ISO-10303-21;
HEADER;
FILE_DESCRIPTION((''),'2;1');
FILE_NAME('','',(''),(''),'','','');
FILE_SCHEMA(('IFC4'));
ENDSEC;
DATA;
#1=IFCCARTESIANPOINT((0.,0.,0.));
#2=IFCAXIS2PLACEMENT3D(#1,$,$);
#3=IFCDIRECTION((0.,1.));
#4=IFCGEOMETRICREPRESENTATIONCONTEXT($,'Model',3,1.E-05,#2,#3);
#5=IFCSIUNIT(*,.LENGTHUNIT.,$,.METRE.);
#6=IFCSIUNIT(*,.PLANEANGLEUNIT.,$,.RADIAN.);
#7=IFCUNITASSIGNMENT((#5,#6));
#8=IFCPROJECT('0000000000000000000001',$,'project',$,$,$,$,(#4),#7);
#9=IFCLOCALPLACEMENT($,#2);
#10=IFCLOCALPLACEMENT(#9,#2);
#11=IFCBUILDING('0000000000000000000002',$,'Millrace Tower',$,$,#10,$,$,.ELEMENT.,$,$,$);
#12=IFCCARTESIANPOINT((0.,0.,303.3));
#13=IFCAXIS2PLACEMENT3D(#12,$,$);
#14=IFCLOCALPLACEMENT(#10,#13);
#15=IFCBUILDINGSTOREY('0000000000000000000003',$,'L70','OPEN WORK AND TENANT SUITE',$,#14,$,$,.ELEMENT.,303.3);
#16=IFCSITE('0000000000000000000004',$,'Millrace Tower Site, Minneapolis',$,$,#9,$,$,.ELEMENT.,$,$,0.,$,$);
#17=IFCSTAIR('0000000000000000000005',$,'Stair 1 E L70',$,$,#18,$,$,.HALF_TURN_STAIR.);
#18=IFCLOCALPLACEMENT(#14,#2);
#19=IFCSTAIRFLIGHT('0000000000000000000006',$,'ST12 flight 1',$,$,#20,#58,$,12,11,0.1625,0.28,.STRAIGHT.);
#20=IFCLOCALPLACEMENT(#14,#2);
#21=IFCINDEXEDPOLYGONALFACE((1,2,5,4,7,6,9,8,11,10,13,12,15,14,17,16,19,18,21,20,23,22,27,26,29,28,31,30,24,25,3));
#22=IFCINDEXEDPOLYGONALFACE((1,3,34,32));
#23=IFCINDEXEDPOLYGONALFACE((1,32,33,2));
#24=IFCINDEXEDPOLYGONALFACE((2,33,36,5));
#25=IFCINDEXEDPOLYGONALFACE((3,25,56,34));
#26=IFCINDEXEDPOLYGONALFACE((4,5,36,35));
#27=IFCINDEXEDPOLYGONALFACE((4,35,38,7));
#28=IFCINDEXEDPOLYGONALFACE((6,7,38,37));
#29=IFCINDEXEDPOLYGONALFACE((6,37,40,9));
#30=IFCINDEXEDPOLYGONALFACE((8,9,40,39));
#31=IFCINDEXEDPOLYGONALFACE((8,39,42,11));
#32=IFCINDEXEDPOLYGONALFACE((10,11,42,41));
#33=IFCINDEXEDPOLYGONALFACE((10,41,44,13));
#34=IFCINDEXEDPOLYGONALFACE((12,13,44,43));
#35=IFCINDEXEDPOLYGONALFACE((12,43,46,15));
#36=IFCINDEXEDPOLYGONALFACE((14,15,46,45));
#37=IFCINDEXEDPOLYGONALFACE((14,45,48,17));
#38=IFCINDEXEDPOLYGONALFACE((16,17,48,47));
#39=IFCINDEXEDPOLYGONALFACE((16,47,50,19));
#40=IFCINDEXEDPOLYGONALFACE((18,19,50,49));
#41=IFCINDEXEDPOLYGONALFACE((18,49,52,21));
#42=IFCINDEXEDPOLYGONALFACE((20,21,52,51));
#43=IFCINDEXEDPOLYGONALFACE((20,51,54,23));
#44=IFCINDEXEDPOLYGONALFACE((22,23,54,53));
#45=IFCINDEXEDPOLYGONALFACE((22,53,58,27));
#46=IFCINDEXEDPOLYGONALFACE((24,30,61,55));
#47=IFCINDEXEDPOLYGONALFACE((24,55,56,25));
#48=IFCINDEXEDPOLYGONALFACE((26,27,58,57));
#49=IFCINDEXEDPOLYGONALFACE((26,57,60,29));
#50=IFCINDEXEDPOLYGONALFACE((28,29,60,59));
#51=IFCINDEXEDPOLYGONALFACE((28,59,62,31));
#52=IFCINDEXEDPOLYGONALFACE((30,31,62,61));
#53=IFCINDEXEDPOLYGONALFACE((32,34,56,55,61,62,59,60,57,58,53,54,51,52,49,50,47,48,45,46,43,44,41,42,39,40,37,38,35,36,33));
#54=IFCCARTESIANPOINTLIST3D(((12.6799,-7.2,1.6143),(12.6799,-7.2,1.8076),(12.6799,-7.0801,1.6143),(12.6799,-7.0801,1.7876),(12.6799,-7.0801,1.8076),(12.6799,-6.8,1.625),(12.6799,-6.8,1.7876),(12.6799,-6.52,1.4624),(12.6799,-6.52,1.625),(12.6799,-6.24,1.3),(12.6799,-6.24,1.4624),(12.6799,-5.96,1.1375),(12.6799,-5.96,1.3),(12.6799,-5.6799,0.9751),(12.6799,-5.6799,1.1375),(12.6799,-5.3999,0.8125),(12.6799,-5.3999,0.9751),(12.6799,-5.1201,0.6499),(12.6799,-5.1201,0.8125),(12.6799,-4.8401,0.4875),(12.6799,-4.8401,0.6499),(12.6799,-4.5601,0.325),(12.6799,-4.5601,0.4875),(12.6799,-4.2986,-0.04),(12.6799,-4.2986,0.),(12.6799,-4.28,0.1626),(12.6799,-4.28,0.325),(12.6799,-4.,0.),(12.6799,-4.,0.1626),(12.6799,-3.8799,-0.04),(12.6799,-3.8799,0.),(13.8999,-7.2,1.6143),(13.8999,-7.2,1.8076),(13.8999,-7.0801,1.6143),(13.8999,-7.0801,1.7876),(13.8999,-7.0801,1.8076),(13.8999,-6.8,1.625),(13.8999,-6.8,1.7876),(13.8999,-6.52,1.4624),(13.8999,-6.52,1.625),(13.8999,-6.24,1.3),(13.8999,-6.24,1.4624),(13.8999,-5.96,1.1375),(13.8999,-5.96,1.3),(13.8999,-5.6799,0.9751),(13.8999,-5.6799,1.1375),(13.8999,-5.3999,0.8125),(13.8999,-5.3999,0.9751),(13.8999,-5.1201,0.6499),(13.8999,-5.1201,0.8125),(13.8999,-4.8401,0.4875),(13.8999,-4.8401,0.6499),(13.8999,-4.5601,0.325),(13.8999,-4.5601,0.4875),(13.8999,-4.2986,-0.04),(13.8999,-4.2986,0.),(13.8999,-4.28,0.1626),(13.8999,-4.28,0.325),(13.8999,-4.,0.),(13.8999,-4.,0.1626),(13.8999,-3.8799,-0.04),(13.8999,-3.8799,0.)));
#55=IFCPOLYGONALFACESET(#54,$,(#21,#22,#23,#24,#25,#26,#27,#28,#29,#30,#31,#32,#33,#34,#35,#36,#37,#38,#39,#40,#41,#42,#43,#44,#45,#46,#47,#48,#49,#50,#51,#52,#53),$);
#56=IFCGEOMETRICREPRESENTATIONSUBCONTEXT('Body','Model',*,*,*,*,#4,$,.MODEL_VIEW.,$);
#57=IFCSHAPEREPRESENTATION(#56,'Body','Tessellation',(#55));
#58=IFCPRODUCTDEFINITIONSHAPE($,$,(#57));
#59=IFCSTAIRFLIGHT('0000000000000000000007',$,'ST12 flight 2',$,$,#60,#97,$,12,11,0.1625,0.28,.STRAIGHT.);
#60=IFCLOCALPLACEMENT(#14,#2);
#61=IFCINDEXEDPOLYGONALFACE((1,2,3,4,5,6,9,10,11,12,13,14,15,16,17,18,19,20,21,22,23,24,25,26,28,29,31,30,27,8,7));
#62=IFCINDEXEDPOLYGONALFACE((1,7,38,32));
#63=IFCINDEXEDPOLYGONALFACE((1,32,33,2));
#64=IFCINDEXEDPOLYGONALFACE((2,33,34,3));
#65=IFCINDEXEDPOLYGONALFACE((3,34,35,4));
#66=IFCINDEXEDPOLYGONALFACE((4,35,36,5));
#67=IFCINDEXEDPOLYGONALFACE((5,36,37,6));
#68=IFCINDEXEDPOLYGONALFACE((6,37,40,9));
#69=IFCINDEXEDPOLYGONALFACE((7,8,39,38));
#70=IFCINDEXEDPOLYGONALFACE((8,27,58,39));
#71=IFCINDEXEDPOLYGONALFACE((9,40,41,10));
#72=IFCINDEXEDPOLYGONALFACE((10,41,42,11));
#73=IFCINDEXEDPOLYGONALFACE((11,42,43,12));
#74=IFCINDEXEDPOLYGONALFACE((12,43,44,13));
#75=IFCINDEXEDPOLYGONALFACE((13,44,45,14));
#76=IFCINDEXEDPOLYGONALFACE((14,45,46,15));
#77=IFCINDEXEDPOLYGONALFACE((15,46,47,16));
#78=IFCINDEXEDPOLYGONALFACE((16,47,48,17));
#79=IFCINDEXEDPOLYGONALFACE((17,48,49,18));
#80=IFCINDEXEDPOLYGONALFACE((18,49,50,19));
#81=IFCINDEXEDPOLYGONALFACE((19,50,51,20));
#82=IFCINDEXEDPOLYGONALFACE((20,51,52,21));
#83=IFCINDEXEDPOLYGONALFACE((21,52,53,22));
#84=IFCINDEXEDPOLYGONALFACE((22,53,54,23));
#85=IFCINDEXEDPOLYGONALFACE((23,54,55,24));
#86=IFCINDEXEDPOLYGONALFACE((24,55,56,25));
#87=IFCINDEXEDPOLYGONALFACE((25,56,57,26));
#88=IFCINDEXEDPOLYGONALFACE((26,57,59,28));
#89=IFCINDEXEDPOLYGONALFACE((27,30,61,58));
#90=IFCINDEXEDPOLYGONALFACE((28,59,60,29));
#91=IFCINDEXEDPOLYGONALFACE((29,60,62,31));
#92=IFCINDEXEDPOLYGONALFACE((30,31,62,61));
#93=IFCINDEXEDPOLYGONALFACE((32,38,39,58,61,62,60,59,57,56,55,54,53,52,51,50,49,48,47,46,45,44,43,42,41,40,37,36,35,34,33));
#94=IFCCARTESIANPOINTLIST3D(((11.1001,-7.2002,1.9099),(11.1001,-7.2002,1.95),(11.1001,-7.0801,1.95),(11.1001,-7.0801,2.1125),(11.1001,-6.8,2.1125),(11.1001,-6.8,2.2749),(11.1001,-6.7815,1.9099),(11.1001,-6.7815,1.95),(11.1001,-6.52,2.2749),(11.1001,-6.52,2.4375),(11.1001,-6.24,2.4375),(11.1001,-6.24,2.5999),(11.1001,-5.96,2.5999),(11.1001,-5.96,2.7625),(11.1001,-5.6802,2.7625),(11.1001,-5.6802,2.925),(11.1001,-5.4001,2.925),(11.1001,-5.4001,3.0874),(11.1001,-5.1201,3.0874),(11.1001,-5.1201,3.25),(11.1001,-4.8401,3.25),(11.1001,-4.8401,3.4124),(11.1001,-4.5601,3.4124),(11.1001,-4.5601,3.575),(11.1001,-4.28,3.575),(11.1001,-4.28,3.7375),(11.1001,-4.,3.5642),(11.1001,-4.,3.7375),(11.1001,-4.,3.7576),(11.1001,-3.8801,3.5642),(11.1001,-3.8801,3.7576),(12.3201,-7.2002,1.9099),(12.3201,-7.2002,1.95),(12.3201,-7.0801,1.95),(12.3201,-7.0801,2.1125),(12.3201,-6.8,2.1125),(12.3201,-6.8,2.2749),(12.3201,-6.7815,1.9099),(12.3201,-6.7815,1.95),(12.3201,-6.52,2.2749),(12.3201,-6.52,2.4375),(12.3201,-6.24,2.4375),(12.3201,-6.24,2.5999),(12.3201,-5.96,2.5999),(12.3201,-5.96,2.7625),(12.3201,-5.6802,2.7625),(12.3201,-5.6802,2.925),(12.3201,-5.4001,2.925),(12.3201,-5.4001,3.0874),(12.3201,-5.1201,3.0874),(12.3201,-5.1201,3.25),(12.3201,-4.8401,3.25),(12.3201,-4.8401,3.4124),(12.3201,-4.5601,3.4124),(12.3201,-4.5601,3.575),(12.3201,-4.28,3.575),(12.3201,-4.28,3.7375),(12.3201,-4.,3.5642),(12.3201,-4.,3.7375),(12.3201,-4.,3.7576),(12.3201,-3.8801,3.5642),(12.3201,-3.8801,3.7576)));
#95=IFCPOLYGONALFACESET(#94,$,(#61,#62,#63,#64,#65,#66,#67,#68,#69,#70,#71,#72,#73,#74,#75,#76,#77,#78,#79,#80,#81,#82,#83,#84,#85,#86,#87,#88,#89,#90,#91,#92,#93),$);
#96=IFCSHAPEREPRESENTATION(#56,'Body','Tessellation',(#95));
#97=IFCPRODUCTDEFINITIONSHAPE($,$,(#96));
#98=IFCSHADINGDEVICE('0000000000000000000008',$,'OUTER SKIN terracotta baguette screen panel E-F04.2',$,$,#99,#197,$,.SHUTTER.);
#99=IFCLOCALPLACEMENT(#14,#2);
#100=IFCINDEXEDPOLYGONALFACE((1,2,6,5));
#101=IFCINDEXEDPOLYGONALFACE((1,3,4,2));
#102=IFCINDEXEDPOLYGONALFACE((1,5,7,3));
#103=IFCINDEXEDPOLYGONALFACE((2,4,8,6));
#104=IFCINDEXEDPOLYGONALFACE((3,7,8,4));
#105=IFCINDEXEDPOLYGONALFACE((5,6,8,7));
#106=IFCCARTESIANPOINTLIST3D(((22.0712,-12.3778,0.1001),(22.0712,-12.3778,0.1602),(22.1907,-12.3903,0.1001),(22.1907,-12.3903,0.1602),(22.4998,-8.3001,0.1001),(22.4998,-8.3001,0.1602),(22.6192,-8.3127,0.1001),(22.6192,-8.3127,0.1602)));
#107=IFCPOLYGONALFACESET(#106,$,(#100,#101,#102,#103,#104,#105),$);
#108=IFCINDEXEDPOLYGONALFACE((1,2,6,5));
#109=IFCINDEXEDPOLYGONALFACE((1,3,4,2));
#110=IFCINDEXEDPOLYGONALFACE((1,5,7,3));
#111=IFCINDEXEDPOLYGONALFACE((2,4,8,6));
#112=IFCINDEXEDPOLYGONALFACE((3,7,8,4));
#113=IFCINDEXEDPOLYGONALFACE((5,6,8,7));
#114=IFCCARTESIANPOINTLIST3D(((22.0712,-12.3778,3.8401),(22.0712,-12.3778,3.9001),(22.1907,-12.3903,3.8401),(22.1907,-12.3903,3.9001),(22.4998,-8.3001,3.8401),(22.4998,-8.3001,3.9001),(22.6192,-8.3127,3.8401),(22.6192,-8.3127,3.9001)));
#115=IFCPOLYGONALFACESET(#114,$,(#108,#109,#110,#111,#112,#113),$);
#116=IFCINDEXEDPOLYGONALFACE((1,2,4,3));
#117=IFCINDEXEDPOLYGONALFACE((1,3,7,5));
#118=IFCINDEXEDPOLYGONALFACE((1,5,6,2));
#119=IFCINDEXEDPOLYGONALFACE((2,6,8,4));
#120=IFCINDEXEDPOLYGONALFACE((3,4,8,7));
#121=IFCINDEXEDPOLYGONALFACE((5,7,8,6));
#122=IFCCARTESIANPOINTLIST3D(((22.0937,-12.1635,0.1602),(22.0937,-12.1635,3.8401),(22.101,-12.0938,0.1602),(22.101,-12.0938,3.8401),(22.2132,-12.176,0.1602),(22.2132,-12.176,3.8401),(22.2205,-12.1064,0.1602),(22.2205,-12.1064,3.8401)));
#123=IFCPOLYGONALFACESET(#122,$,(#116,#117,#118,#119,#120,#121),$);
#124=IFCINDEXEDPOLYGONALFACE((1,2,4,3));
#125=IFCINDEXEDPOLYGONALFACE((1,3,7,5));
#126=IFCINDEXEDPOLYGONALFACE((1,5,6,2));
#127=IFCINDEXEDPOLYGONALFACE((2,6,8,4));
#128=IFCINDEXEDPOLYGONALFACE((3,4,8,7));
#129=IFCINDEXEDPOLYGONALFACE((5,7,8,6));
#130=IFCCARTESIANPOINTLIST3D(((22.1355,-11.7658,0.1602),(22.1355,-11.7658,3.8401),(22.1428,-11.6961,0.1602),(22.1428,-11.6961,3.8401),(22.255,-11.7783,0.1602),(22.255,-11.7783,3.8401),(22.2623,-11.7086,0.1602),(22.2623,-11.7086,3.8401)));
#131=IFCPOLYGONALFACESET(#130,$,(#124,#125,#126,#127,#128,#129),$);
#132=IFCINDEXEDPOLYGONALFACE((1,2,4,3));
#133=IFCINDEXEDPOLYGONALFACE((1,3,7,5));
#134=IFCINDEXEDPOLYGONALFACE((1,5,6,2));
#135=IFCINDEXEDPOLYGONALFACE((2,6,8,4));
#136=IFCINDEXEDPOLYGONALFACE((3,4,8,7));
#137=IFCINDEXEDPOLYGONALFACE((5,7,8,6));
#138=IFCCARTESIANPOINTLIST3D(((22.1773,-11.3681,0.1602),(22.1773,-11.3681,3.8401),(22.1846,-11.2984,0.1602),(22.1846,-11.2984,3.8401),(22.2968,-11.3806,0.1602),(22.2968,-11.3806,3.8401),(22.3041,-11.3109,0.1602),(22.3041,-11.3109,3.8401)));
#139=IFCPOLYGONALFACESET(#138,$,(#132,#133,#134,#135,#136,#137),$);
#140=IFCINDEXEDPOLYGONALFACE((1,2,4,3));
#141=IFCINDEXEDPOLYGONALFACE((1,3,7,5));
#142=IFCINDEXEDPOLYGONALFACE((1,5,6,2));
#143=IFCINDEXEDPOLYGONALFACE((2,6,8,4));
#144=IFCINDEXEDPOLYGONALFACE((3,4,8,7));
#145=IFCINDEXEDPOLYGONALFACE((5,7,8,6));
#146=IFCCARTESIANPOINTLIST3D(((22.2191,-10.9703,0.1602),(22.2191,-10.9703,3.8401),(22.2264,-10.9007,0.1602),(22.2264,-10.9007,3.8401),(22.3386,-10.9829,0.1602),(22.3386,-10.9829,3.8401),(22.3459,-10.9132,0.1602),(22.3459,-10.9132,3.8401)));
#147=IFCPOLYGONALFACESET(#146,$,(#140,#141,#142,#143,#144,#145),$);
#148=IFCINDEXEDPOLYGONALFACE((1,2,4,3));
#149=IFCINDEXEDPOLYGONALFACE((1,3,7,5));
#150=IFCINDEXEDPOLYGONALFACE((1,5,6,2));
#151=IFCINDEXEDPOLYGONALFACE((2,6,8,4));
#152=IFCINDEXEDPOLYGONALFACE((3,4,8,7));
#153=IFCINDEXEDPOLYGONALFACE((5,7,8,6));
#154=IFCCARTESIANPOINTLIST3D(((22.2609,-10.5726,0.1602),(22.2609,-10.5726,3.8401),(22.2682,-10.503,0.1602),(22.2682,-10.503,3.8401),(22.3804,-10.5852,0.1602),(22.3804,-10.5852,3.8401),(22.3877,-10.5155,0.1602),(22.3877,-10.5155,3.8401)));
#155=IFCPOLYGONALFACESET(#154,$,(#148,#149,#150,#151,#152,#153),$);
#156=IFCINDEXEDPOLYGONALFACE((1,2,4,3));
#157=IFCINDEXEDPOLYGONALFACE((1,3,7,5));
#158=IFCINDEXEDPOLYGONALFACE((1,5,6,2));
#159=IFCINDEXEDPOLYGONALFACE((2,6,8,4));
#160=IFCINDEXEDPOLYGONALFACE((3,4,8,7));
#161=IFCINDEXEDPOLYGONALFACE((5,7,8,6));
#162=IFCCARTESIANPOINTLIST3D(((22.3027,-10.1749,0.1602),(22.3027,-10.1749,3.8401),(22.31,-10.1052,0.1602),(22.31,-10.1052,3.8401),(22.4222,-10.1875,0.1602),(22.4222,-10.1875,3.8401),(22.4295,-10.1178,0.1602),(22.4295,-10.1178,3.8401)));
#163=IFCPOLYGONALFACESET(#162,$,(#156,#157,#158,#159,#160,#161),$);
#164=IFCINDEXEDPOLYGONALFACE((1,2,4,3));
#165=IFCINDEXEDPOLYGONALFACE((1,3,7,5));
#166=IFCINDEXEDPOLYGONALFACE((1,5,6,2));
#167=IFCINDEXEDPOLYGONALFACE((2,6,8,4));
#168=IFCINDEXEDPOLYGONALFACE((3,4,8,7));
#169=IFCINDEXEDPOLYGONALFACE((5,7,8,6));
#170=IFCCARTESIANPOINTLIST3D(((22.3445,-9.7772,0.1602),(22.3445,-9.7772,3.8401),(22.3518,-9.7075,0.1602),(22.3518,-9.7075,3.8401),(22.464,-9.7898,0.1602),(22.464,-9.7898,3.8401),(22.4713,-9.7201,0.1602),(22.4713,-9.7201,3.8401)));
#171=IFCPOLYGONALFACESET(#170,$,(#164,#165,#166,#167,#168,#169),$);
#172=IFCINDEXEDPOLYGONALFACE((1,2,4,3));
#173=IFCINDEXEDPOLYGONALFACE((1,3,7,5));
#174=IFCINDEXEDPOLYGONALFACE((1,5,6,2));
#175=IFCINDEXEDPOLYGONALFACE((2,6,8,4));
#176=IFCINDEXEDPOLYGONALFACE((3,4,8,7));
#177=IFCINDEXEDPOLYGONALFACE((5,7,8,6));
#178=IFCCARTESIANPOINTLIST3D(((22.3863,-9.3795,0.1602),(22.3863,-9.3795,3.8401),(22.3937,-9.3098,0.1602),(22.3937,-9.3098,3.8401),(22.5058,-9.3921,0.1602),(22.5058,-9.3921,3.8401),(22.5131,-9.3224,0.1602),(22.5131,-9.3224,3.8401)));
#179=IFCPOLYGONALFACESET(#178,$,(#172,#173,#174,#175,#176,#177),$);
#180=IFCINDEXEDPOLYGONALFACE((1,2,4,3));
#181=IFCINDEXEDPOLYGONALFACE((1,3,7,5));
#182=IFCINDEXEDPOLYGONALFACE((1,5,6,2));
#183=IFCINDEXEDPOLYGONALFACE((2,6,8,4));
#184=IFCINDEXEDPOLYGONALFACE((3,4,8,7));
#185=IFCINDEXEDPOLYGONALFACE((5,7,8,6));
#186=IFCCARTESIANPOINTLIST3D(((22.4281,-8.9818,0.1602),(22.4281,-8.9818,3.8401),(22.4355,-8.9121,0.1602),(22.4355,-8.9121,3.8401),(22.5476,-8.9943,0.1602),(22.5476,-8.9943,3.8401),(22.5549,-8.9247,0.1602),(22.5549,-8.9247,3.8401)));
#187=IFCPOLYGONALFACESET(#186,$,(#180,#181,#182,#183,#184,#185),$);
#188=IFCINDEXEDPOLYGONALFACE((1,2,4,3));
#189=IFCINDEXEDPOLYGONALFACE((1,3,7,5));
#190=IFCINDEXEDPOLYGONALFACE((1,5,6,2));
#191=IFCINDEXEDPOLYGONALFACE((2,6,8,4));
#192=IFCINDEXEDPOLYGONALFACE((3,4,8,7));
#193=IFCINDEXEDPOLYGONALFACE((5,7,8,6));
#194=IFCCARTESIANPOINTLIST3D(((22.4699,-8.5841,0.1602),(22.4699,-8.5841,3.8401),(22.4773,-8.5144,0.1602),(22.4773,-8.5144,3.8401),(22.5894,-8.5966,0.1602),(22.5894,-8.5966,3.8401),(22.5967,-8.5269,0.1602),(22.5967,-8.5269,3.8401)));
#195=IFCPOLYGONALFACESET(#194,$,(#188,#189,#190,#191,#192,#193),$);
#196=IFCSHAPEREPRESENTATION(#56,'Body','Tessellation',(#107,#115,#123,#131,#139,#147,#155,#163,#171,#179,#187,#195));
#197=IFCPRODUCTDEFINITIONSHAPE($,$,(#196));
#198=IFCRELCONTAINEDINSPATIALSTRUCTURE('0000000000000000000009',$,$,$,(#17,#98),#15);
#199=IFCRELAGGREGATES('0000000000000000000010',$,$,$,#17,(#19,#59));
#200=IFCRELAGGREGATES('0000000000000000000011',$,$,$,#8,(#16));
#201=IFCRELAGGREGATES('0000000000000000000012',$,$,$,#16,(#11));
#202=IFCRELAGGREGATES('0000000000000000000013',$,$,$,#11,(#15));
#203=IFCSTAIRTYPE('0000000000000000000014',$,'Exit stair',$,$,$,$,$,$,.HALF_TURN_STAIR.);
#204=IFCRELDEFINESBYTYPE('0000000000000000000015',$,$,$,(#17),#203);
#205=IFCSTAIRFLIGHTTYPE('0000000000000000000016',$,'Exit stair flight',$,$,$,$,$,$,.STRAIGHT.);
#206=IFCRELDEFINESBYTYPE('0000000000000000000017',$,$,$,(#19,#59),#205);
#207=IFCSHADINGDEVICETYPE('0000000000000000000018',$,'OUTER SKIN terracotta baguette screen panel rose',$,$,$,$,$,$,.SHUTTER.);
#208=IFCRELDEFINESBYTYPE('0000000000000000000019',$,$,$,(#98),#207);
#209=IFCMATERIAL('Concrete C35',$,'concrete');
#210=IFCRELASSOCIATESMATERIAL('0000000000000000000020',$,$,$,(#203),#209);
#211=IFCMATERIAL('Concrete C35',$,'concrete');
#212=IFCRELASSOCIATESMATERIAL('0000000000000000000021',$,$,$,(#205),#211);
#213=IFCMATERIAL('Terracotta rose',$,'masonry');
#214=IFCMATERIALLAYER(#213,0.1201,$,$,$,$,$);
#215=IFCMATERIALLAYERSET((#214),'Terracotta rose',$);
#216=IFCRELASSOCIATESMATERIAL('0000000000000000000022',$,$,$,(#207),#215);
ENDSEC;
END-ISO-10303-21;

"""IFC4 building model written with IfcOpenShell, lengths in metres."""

from ifc_helpers import new_model, entity, si_unit, direction, frame, frame_2d, origin, place, context, subcontext, project, spatial, polyline, rectangle, outline, extrude, source, transform, mapped, material, layer, layer_set, type_object, element, aggregate, save


model = new_model("IFC4")

# Units and contexts
model_context = context("Model", 3, precision=1e-05, world=origin(), true_north=direction((0.0, 1.0)))
body_context = subcontext(model_context, "Body", "Model", "MODEL_VIEW")
ifc_project = project(units=[si_unit("LENGTHUNIT", "METRE"), si_unit("PLANEANGLEUNIT", "RADIAN")], contexts=[model_context])

# Site, building, storey
site_placement = place(None, origin())
site = spatial("IfcSite", under=ifc_project, at=site_placement, Name="Millrace Tower Site, Minneapolis", CompositionType="ELEMENT", RefElevation=0.0)
building_placement = place(site_placement, origin())
building = spatial("IfcBuilding", under=site, at=building_placement, Name="Millrace Tower", CompositionType="ELEMENT")
storey_placement = place(building_placement, frame((0.0, 0.0, 303.3)))
storey = spatial("IfcBuildingStorey", under=building, at=storey_placement, Name="L70", Description="OPEN WORK AND TENANT SUITE", CompositionType="ELEMENT", Elevation=303.3)

# Shared definitions
placement = place(storey_placement, origin())

# Stair, stair flights
ifc_material_1 = material(Name="Concrete C35", Category="concrete")
stair_type = type_object("IfcStairType", Name="Exit stair", PredefinedType="HALF_TURN_STAIR", material=ifc_material_1)
stair = element("IfcStair", 1, at=placement, inside=storey, type_object=stair_type, Name="Stair 1 E L70", PredefinedType="HALF_TURN_STAIR")
ifc_material_2 = material(Name="Concrete C35", Category="concrete")
stair_flight_type = type_object("IfcStairFlightType", Name="Exit stair flight", PredefinedType="STRAIGHT", material=ifc_material_2)
stair_flight_1_placement = place(storey_placement, frame((13.29, -4.0, 0.0), z_axis=(0.0, 0.0, 1.0), x_axis=(0.0, -1.0, 0.0)))
stair_flight_1 = element("IfcStairFlight", 2, at=stair_flight_1_placement, type_object=stair_flight_type, Name="ST12 flight 1", NumberOfRisers=12, NumberOfTreads=11, PredefinedType="STRAIGHT", RiserHeight=0.1625, TreadLength=0.28, context=body_context, shape_type="SweptSolid", body=[
    extrude(outline(polyline([(-0.1201, -0.04), (-0.1201, 0.0), (0.0, 0.0), (0.0, 0.1626), (0.28, 0.1626), (0.28, 0.325), (0.5601, 0.325), (0.5601, 0.4875), (0.8401, 0.4875), (0.8401, 0.6499), (1.1201, 0.6499), (1.1201, 0.8125), (1.3999, 0.8125), (1.3999, 0.9751), (1.6799, 0.9751), (1.6799, 1.1375), (1.96, 1.1375), (1.96, 1.3), (2.24, 1.3), (2.24, 1.4624), (2.52, 1.4624), (2.52, 1.625), (2.8, 1.625), (2.8, 1.7876), (3.0801, 1.7876), (3.0801, 1.8076), (3.2, 1.8076), (3.2, 1.6143), (3.0801, 1.6143), (0.2986, 0.0), (0.2986, -0.04), (-0.1201, -0.04)])), frame((0.0, 0.6099, 0.0), z_axis=(0.0, -1.0, 0.0), x_axis=(1.0, 0.0, 0.0)), (0.0, 0.0, 1.0), 1.22),
])
stair_flight_2_placement = place(storey_placement, frame((11.71, -7.0801, 1.95), z_axis=(0.0, 0.0, 1.0), x_axis=(0.0, 1.0, 0.0)))
stair_flight_2 = element("IfcStairFlight", 3, at=stair_flight_2_placement, type_object=stair_flight_type, Name="ST12 flight 2", NumberOfRisers=12, NumberOfTreads=11, PredefinedType="STRAIGHT", RiserHeight=0.1625, TreadLength=0.28, context=body_context, shape_type="SweptSolid", body=[
    extrude(outline(polyline([(-0.1201, -0.04), (-0.1201, 0.0), (0.0, 0.0), (0.0, 0.1626), (0.28, 0.1626), (0.28, 0.325), (0.5601, 0.325), (0.5601, 0.4875), (0.8401, 0.4875), (0.8401, 0.6499), (1.1201, 0.6499), (1.1201, 0.8125), (1.3999, 0.8125), (1.3999, 0.9751), (1.6799, 0.9751), (1.6799, 1.1375), (1.96, 1.1375), (1.96, 1.3), (2.24, 1.3), (2.24, 1.4624), (2.52, 1.4624), (2.52, 1.625), (2.8, 1.625), (2.8, 1.7876), (3.0801, 1.7876), (3.0801, 1.8076), (3.2, 1.8076), (3.2, 1.6143), (3.0801, 1.6143), (0.2986, 0.0), (0.2986, -0.04), (-0.1201, -0.04)])), frame((0.0, 0.6099, 0.0), z_axis=(0.0, -1.0, 0.0), x_axis=(1.0, 0.0, 0.0)), (0.0, 0.0, 1.0), 1.22),
])
aggregate(stair, [stair_flight_1, stair_flight_2])

# Shading device
ifc_material_3 = material(Name="Terracotta rose", Category="masonry")
ifc_layer_1 = layer(ifc_material_3, 0.1201)
ifc_layer_set_1 = layer_set([ifc_layer_1], Name="Terracotta rose")
shading_device_type = type_object("IfcShadingDeviceType", Name="OUTER SKIN terracotta baguette screen panel rose", PredefinedType="SHUTTER", material=ifc_layer_set_1)
cartesian_point = entity("IfcCartesianPoint", [-2.05, 0.0601])
shared_polyline = entity("IfcPolyline", [cartesian_point, entity("IfcCartesianPoint", [2.05, 0.0601]), entity("IfcCartesianPoint", [2.05, -0.0601]), entity("IfcCartesianPoint", [-2.05, -0.0601]), cartesian_point])
shared_shape = source(origin(), body_context, "Body", "SweptSolid", [
    entity("IfcExtrudedAreaSolid", entity("IfcArbitraryClosedProfileDef", "AREA", None, shared_polyline), entity("IfcAxis2Placement3D", entity("IfcCartesianPoint", [0.0, 0.0, 0.0])), entity("IfcDirection", [0.0, 0.0, 1.0]), 0.0601),
    entity("IfcExtrudedAreaSolid", entity("IfcArbitraryClosedProfileDef", "AREA", None, shared_polyline), entity("IfcAxis2Placement3D", entity("IfcCartesianPoint", [0.0, 0.0, 3.74])), entity("IfcDirection", [0.0, 0.0, 1.0]), 0.0601),
    extrude(rectangle(XDim=0.0701, YDim=0.1201, at=frame_2d((-1.7996, 0.0))), frame((0.0, 0.0, 0.0601)), (0.0, 0.0, 1.0), 3.6799),
    extrude(rectangle(XDim=0.0701, YDim=0.1201, at=frame_2d((-1.3997, 0.0))), frame((0.0, 0.0, 0.0601)), (0.0, 0.0, 1.0), 3.6799),
    extrude(rectangle(XDim=0.0701, YDim=0.1201, at=frame_2d((-0.9998, 0.0))), frame((0.0, 0.0, 0.0601)), (0.0, 0.0, 1.0), 3.6799),
    extrude(rectangle(XDim=0.0701, YDim=0.1201, at=frame_2d((-0.5999, 0.0))), frame((0.0, 0.0, 0.0601)), (0.0, 0.0, 1.0), 3.6799),
    extrude(rectangle(XDim=0.0701, YDim=0.1201, at=frame_2d((-0.2, 0.0))), frame((0.0, 0.0, 0.0601)), (0.0, 0.0, 1.0), 3.6799),
    extrude(rectangle(XDim=0.0701, YDim=0.1201, at=frame_2d((0.2, 0.0))), frame((0.0, 0.0, 0.0601)), (0.0, 0.0, 1.0), 3.6799),
    extrude(rectangle(XDim=0.0701, YDim=0.1201, at=frame_2d((0.5999, 0.0))), frame((0.0, 0.0, 0.0601)), (0.0, 0.0, 1.0), 3.6799),
    extrude(rectangle(XDim=0.0701, YDim=0.1201, at=frame_2d((0.9998, 0.0))), frame((0.0, 0.0, 0.0601)), (0.0, 0.0, 1.0), 3.6799),
    extrude(rectangle(XDim=0.0701, YDim=0.1201, at=frame_2d((1.3997, 0.0))), frame((0.0, 0.0, 0.0601)), (0.0, 0.0, 1.0), 3.6799),
    extrude(rectangle(XDim=0.0701, YDim=0.1201, at=frame_2d((1.7996, 0.0))), frame((0.0, 0.0, 0.0601)), (0.0, 0.0, 1.0), 3.6799),
])
for number, where, z_axis, x_axis, name in (
    (4, (22.3452, -10.3452, 0.1001), (0.0, 0.0, 1.0), (0.104528, 0.994522, 0.0), "OUTER SKIN terracotta baguette screen panel E-F04.2"),
):
    element("IfcShadingDevice", number, at=place(storey_placement, frame(where, z_axis=z_axis, x_axis=x_axis)), inside=storey, type_object=shading_device_type, Name=name, PredefinedType="SHUTTER", context=body_context, shape_type="MappedRepresentation", body=[
        mapped(shared_shape, transform((0.0, 0.0, 0.0), scale=1.0)),
    ])

save(model, "model.ifc")
